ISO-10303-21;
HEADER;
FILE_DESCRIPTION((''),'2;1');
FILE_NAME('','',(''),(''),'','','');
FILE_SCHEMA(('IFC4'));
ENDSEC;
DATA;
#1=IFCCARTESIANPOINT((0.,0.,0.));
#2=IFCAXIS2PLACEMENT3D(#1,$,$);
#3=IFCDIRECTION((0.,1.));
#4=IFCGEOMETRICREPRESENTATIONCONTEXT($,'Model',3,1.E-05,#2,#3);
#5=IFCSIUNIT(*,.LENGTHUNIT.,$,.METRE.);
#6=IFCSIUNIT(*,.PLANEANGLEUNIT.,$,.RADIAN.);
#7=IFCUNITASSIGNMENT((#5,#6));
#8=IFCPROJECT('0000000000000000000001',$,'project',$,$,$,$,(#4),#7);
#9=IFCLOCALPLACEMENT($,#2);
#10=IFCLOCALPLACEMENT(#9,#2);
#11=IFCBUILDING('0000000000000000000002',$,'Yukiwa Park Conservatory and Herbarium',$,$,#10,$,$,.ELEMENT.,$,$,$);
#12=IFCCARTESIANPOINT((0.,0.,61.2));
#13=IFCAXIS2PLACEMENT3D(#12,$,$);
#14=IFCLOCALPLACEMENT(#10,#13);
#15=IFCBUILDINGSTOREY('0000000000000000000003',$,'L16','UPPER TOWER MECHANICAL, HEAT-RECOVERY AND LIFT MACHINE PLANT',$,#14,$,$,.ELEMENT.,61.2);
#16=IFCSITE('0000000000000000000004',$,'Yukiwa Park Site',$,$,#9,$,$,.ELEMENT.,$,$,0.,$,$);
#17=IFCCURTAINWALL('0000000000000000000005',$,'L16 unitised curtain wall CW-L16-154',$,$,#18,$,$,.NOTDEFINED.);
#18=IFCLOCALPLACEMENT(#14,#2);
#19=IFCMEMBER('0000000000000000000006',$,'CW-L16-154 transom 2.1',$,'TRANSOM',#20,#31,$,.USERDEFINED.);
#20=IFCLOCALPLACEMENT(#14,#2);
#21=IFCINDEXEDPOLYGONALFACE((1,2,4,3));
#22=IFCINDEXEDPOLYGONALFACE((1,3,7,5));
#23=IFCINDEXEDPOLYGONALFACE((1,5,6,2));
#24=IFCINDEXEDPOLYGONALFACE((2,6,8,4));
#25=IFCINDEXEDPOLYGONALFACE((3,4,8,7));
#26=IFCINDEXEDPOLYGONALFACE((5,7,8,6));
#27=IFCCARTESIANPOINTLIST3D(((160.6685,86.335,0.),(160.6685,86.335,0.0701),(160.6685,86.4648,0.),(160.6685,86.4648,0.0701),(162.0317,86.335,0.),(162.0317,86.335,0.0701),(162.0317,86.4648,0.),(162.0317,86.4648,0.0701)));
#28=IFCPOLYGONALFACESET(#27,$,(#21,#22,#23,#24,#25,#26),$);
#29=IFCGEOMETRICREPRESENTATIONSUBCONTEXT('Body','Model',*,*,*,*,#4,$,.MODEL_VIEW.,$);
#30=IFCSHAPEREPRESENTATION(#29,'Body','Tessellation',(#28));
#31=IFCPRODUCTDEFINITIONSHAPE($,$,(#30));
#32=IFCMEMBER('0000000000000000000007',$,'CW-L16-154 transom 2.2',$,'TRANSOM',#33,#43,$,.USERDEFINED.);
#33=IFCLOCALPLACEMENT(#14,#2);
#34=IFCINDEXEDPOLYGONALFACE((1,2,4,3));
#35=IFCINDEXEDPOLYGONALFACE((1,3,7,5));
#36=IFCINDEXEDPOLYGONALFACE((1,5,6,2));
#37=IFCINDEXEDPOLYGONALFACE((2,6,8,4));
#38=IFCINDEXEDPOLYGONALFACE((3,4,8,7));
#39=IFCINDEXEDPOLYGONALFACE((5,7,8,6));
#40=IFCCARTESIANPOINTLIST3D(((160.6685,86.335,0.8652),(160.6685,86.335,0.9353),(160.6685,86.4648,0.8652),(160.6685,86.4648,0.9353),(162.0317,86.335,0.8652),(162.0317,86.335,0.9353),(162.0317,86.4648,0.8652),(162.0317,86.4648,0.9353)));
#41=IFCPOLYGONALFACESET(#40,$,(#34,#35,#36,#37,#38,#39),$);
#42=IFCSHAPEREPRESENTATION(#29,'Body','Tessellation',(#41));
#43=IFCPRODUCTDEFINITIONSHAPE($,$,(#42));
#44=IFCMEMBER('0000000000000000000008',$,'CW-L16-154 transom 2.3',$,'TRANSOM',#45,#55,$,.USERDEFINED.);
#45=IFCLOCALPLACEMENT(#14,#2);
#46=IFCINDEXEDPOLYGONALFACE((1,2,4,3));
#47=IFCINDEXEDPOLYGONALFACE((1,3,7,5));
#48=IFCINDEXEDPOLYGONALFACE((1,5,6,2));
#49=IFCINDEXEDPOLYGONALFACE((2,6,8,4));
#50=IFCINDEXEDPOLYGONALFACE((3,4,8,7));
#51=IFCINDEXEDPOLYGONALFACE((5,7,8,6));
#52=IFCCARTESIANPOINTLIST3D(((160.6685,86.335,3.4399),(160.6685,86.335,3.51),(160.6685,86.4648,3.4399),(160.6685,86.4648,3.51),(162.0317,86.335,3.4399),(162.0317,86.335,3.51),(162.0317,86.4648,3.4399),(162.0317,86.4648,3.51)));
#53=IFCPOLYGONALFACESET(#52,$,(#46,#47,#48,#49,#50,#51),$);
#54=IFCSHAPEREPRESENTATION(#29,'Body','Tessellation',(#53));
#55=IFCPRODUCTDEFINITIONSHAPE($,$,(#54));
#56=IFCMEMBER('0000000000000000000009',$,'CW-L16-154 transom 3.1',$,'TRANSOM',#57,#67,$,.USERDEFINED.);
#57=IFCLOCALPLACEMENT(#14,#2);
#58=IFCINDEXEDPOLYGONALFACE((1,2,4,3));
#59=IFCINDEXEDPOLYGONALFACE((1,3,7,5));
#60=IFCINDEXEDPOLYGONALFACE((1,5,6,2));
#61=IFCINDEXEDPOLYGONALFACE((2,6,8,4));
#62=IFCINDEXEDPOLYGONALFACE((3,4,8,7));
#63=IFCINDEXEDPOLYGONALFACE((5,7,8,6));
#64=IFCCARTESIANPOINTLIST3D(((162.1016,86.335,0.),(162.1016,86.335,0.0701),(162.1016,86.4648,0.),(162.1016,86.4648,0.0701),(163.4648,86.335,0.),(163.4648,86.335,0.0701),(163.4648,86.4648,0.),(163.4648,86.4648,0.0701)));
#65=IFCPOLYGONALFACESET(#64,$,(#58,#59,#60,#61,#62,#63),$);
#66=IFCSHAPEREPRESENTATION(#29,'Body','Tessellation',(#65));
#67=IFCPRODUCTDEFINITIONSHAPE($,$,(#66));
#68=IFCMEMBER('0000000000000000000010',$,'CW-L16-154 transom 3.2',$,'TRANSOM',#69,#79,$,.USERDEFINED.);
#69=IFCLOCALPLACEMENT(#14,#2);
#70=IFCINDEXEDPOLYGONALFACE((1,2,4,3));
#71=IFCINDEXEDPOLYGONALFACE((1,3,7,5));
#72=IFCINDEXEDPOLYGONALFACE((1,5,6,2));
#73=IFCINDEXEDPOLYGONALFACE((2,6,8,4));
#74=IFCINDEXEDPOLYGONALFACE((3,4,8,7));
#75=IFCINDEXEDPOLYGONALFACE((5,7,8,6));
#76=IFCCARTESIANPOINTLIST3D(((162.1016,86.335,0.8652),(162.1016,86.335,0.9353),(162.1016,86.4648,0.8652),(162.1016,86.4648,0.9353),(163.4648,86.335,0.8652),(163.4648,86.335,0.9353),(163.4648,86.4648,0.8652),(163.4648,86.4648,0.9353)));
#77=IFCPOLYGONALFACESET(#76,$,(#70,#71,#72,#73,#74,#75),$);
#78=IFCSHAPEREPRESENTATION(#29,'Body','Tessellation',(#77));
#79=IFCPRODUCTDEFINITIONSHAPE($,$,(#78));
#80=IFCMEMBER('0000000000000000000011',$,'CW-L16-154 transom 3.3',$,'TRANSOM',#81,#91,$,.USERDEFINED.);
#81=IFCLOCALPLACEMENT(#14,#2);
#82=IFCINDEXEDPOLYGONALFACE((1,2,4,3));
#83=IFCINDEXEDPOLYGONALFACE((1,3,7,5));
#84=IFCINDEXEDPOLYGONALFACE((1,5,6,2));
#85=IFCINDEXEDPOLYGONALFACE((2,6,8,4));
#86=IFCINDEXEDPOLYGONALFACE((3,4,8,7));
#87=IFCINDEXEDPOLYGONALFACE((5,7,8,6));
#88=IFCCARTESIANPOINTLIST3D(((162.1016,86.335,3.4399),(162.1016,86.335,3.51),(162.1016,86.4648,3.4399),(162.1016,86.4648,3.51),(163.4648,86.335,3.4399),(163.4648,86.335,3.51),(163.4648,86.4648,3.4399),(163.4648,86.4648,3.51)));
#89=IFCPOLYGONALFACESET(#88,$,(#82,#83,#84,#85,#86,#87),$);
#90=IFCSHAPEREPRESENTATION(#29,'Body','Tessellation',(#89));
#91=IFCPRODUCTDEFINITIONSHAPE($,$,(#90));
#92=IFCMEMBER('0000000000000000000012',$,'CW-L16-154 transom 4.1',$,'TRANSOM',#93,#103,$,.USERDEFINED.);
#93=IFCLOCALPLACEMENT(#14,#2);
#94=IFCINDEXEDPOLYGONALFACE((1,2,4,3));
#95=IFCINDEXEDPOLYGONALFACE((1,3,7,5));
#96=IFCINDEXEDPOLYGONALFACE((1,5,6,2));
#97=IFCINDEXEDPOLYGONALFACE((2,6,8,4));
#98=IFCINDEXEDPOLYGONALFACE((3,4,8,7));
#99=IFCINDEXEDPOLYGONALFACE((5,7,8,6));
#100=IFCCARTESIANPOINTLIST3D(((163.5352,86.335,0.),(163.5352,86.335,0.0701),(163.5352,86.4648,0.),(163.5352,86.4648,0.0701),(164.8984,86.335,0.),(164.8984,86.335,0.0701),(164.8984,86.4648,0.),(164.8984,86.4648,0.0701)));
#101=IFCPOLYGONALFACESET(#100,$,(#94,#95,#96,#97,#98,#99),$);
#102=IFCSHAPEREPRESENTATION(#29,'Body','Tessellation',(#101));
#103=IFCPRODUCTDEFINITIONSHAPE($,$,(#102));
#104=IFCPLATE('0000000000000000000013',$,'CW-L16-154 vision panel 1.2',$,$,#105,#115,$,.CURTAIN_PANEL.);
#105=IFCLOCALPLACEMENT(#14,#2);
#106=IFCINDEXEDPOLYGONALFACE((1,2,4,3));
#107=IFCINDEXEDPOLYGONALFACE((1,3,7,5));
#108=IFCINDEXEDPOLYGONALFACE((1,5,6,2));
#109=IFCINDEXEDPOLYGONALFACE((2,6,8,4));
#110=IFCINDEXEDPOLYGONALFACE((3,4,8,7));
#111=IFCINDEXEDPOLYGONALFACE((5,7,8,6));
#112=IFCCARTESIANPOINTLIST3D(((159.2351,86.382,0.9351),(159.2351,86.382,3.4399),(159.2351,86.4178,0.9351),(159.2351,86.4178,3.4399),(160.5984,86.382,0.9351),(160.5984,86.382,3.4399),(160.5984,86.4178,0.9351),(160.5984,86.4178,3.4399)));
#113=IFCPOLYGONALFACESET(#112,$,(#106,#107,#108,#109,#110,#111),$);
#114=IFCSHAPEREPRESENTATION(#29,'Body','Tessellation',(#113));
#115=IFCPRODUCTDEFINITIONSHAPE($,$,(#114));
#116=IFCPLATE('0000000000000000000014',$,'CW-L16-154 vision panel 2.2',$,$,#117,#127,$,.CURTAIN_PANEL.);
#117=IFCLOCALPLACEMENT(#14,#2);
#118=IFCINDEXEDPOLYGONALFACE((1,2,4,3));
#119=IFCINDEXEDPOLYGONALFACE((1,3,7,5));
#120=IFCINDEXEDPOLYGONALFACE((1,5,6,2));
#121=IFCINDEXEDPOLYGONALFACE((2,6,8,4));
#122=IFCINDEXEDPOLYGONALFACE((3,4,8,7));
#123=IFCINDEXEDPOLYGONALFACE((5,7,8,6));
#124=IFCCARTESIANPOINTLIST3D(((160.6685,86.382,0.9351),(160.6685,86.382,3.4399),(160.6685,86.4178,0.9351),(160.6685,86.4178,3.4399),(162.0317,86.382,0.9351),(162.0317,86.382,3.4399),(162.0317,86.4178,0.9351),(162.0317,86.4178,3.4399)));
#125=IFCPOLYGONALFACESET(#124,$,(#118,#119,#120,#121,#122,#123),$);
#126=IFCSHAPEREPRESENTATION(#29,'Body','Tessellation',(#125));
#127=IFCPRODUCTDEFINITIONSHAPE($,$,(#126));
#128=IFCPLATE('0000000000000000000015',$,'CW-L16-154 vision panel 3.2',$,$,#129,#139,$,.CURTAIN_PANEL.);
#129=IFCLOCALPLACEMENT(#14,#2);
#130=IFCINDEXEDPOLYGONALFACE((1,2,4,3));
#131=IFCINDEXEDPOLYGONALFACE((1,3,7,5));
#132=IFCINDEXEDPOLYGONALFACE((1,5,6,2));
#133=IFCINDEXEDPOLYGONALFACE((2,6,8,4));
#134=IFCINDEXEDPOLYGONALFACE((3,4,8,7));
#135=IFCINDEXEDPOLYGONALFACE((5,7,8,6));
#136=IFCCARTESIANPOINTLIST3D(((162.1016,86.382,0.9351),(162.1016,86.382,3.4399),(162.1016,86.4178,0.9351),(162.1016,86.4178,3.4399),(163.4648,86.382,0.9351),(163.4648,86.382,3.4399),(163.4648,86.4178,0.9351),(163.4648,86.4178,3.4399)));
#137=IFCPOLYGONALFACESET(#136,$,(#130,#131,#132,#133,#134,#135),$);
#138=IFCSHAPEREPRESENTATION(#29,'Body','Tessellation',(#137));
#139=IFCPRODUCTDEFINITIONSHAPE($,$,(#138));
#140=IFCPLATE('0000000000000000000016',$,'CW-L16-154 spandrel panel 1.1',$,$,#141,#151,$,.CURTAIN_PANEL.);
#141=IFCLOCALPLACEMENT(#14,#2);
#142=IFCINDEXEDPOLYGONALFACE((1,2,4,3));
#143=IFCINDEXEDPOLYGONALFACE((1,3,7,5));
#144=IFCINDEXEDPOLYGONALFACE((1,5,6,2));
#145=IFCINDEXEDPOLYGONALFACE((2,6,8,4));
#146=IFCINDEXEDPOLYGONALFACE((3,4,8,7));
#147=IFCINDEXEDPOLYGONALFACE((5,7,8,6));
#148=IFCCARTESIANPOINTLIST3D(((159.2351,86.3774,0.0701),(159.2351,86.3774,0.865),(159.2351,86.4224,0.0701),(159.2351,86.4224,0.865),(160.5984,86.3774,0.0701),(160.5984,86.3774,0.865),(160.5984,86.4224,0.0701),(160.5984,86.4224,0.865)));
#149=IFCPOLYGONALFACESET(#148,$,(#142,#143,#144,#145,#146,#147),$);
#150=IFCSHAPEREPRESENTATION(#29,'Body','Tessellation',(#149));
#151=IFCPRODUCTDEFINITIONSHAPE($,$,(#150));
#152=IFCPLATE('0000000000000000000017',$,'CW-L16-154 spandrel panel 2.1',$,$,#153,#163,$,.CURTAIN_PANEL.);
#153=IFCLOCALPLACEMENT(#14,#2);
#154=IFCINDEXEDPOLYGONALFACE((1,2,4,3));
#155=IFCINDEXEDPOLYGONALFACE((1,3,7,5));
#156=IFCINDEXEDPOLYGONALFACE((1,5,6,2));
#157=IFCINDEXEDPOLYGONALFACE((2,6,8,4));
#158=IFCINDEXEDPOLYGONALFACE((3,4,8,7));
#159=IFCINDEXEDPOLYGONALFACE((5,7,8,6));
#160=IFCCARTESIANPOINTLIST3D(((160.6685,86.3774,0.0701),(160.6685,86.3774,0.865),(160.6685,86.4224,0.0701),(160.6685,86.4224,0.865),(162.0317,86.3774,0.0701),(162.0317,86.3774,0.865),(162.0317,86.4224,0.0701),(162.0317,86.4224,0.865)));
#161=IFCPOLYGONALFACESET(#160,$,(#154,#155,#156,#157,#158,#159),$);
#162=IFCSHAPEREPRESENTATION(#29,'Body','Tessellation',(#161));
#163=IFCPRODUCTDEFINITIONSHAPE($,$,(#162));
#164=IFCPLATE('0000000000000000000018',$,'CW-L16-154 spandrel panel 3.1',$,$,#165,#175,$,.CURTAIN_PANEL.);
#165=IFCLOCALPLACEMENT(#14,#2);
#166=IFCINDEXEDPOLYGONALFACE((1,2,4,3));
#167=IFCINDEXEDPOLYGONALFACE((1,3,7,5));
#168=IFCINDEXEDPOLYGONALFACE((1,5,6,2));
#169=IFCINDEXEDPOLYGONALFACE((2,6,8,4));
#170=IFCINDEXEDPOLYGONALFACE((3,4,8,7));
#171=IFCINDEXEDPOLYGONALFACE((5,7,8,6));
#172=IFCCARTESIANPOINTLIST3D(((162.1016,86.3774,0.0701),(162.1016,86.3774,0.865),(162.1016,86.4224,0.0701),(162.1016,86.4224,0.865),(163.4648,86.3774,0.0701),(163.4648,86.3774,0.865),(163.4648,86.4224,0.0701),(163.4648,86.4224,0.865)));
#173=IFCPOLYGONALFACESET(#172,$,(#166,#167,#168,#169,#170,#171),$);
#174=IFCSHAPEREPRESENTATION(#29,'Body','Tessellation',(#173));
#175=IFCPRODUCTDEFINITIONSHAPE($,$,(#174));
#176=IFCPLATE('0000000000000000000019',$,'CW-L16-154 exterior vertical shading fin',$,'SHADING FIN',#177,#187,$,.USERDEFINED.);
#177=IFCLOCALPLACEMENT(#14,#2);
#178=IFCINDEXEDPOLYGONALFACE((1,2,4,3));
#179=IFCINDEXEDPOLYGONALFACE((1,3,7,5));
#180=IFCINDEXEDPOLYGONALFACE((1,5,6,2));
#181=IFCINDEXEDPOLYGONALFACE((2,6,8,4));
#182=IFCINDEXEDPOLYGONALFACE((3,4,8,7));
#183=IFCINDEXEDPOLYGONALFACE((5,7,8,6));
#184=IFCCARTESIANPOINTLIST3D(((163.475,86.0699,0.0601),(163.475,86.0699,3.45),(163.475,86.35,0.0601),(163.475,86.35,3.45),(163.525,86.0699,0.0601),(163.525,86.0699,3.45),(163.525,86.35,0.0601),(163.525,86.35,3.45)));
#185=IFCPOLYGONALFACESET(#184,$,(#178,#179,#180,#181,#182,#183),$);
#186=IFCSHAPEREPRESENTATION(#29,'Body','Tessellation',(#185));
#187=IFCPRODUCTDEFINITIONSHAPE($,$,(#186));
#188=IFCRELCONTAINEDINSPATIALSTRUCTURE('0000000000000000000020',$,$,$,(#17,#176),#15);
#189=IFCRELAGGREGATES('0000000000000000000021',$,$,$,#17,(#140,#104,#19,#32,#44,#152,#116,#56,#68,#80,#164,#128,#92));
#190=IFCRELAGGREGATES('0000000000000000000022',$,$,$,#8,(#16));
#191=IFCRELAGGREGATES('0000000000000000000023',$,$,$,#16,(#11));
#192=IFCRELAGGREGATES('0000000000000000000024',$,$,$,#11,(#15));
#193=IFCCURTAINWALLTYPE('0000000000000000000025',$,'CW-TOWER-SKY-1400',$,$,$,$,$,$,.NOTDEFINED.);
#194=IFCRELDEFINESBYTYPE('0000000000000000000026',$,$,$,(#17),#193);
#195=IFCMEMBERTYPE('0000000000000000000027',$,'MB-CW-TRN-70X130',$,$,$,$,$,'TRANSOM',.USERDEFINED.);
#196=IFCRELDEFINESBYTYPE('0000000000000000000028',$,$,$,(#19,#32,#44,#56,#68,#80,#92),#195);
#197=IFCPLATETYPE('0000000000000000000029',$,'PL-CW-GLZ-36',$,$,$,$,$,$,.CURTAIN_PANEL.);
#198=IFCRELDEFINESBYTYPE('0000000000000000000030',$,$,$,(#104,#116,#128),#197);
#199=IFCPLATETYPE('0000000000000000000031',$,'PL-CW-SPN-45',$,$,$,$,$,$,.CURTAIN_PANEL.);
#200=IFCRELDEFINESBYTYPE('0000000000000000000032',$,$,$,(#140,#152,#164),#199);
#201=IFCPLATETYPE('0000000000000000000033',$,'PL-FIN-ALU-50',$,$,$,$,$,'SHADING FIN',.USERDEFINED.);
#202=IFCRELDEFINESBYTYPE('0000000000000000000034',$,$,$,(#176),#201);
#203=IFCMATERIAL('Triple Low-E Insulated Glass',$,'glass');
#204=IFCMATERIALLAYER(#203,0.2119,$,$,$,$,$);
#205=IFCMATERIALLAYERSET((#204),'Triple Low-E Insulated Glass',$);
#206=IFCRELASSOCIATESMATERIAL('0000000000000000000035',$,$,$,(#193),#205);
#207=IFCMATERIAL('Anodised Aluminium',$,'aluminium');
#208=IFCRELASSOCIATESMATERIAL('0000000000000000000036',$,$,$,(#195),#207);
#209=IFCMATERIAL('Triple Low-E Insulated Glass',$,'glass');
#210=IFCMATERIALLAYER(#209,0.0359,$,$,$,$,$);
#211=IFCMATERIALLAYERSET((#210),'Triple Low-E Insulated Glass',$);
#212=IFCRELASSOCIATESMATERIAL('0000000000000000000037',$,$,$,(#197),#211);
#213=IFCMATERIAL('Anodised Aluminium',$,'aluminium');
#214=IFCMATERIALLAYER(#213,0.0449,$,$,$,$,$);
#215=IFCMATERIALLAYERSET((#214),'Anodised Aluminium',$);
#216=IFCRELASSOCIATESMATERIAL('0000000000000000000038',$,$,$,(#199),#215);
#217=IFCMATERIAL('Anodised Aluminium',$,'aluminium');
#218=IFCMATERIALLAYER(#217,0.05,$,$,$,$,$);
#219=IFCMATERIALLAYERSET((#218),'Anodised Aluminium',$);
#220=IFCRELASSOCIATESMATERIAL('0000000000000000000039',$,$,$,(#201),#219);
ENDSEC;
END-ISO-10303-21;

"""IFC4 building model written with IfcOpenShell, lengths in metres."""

from ifc_helpers import new_model, si_unit, direction, frame, origin, origin_2d, place, context, subcontext, project, spatial, rectangle, extrude, material, layer, layer_set, type_object, element, aggregate, save


model = new_model("IFC4")

# Units and contexts
model_context = context("Model", 3, precision=1e-05, world=origin(), true_north=direction((0.0, 1.0)))
body_context = subcontext(model_context, "Body", "Model", "MODEL_VIEW")
ifc_project = project(units=[si_unit("LENGTHUNIT", "METRE"), si_unit("PLANEANGLEUNIT", "RADIAN")], contexts=[model_context])

# Site, building, storey
site_placement = place(None, origin())
site = spatial("IfcSite", under=ifc_project, at=site_placement, Name="Yukiwa Park Site", CompositionType="ELEMENT", RefElevation=0.0)
building_placement = place(site_placement, origin())
building = spatial("IfcBuilding", under=site, at=building_placement, Name="Yukiwa Park Conservatory and Herbarium", CompositionType="ELEMENT")
storey_placement = place(building_placement, frame((0.0, 0.0, 61.2)))
storey = spatial("IfcBuildingStorey", under=building, at=storey_placement, Name="L16", Description="UPPER TOWER MECHANICAL, HEAT-RECOVERY AND LIFT MACHINE PLANT", CompositionType="ELEMENT", Elevation=61.2)

# Curtain wall, members, plates
ifc_material_1 = material(Name="Triple Low-E Insulated Glass", Category="glass")
ifc_layer_1 = layer(ifc_material_1, 0.2119)
ifc_layer_set_1 = layer_set([ifc_layer_1], Name="Triple Low-E Insulated Glass")
curtain_wall_type = type_object("IfcCurtainWallType", Name="CW-TOWER-SKY-1400", PredefinedType="NOTDEFINED", material=ifc_layer_set_1)
curtain_wall_placement = place(storey_placement, origin())
curtain_wall = element("IfcCurtainWall", 1, at=curtain_wall_placement, inside=storey, type_object=curtain_wall_type, Name="L16 unitised curtain wall CW-L16-154", PredefinedType="NOTDEFINED")
ifc_material_2 = material(Name="Anodised Aluminium", Category="aluminium")
member_type_1 = type_object("IfcMemberType", Name="MB-CW-TRN-70X130", ElementType="TRANSOM", PredefinedType="USERDEFINED", material=ifc_material_2)
member_1_placement = place(storey_placement, frame((161.3501, 86.3999, 0.0), z_axis=(0.0, 0.0, 1.0), x_axis=(1.0, 0.0, 0.0)))
member_1 = element("IfcMember", 2, at=member_1_placement, type_object=member_type_1, Name="CW-L16-154 transom 2.1", ObjectType="TRANSOM", PredefinedType="USERDEFINED", context=body_context, shape_type="SweptSolid", body=[
    extrude(rectangle(XDim=1.3633, YDim=0.1299, at=origin_2d()), origin(), (0.0, 0.0, 1.0), 0.0701),
])
member_2_placement = place(storey_placement, frame((161.3501, 86.3999, 0.8652), z_axis=(0.0, 0.0, 1.0), x_axis=(1.0, 0.0, 0.0)))
member_2 = element("IfcMember", 3, at=member_2_placement, type_object=member_type_1, Name="CW-L16-154 transom 2.2", ObjectType="TRANSOM", PredefinedType="USERDEFINED", context=body_context, shape_type="SweptSolid", body=[
    extrude(rectangle(XDim=1.3633, YDim=0.1299, at=origin_2d()), origin(), (0.0, 0.0, 1.0), 0.0701),
])
member_3_placement = place(storey_placement, frame((161.3501, 86.3999, 3.4399), z_axis=(0.0, 0.0, 1.0), x_axis=(1.0, 0.0, 0.0)))
member_3 = element("IfcMember", 4, at=member_3_placement, type_object=member_type_1, Name="CW-L16-154 transom 2.3", ObjectType="TRANSOM", PredefinedType="USERDEFINED", context=body_context, shape_type="SweptSolid", body=[
    extrude(rectangle(XDim=1.3633, YDim=0.1299, at=origin_2d()), origin(), (0.0, 0.0, 1.0), 0.0701),
])
member_4_placement = place(storey_placement, frame((162.7832, 86.3999, 0.0), z_axis=(0.0, 0.0, 1.0), x_axis=(1.0, 0.0, 0.0)))
member_4 = element("IfcMember", 5, at=member_4_placement, type_object=member_type_1, Name="CW-L16-154 transom 3.1", ObjectType="TRANSOM", PredefinedType="USERDEFINED", context=body_context, shape_type="SweptSolid", body=[
    extrude(rectangle(XDim=1.3633, YDim=0.1299, at=origin_2d()), origin(), (0.0, 0.0, 1.0), 0.0701),
])
member_5_placement = place(storey_placement, frame((162.7832, 86.3999, 0.8652), z_axis=(0.0, 0.0, 1.0), x_axis=(1.0, 0.0, 0.0)))
member_5 = element("IfcMember", 6, at=member_5_placement, type_object=member_type_1, Name="CW-L16-154 transom 3.2", ObjectType="TRANSOM", PredefinedType="USERDEFINED", context=body_context, shape_type="SweptSolid", body=[
    extrude(rectangle(XDim=1.3633, YDim=0.1299, at=origin_2d()), origin(), (0.0, 0.0, 1.0), 0.0701),
])
member_6_placement = place(storey_placement, frame((162.7832, 86.3999, 3.4399), z_axis=(0.0, 0.0, 1.0), x_axis=(1.0, 0.0, 0.0)))
member_6 = element("IfcMember", 7, at=member_6_placement, type_object=member_type_1, Name="CW-L16-154 transom 3.3", ObjectType="TRANSOM", PredefinedType="USERDEFINED", context=body_context, shape_type="SweptSolid", body=[
    extrude(rectangle(XDim=1.3633, YDim=0.1299, at=origin_2d()), origin(), (0.0, 0.0, 1.0), 0.0701),
])
member_7_placement = place(storey_placement, frame((164.2168, 86.3999, 0.0), z_axis=(0.0, 0.0, 1.0), x_axis=(1.0, 0.0, 0.0)))
member_7 = element("IfcMember", 8, at=member_7_placement, type_object=member_type_1, Name="CW-L16-154 transom 4.1", ObjectType="TRANSOM", PredefinedType="USERDEFINED", context=body_context, shape_type="SweptSolid", body=[
    extrude(rectangle(XDim=1.3633, YDim=0.1299, at=origin_2d()), origin(), (0.0, 0.0, 1.0), 0.0701),
])
ifc_material_3 = material(Name="Triple Low-E Insulated Glass", Category="glass")
ifc_layer_2 = layer(ifc_material_3, 0.0359)
ifc_layer_set_2 = layer_set([ifc_layer_2], Name="Triple Low-E Insulated Glass")
plate_type_1 = type_object("IfcPlateType", Name="PL-CW-GLZ-36", PredefinedType="CURTAIN_PANEL", material=ifc_layer_set_2)
plate_1_placement = place(storey_placement, frame((159.9167, 86.3999, 0.9351), z_axis=(0.0, 0.0, 1.0), x_axis=(1.0, 0.0, 0.0)))
plate_1 = element("IfcPlate", 9, at=plate_1_placement, type_object=plate_type_1, Name="CW-L16-154 vision panel 1.2", PredefinedType="CURTAIN_PANEL", context=body_context, shape_type="SweptSolid", body=[
    extrude(rectangle(XDim=1.3633, YDim=0.0359, at=origin_2d()), origin(), (0.0, 0.0, 1.0), 2.5049),
])
plate_2_placement = place(storey_placement, frame((161.3501, 86.3999, 0.9351), z_axis=(0.0, 0.0, 1.0), x_axis=(1.0, 0.0, 0.0)))
plate_2 = element("IfcPlate", 10, at=plate_2_placement, type_object=plate_type_1, Name="CW-L16-154 vision panel 2.2", PredefinedType="CURTAIN_PANEL", context=body_context, shape_type="SweptSolid", body=[
    extrude(rectangle(XDim=1.3633, YDim=0.0359, at=origin_2d()), origin(), (0.0, 0.0, 1.0), 2.5049),
])
plate_3_placement = place(storey_placement, frame((162.7832, 86.3999, 0.9351), z_axis=(0.0, 0.0, 1.0), x_axis=(1.0, 0.0, 0.0)))
plate_3 = element("IfcPlate", 11, at=plate_3_placement, type_object=plate_type_1, Name="CW-L16-154 vision panel 3.2", PredefinedType="CURTAIN_PANEL", context=body_context, shape_type="SweptSolid", body=[
    extrude(rectangle(XDim=1.3633, YDim=0.0359, at=origin_2d()), origin(), (0.0, 0.0, 1.0), 2.5049),
])
ifc_material_4 = material(Name="Anodised Aluminium", Category="aluminium")
ifc_layer_3 = layer(ifc_material_4, 0.0449)
ifc_layer_set_3 = layer_set([ifc_layer_3], Name="Anodised Aluminium")
plate_type_2 = type_object("IfcPlateType", Name="PL-CW-SPN-45", PredefinedType="CURTAIN_PANEL", material=ifc_layer_set_3)
plate_4_placement = place(storey_placement, frame((159.9167, 86.3999, 0.0701), z_axis=(0.0, 0.0, 1.0), x_axis=(1.0, 0.0, 0.0)))
plate_4 = element("IfcPlate", 12, at=plate_4_placement, type_object=plate_type_2, Name="CW-L16-154 spandrel panel 1.1", PredefinedType="CURTAIN_PANEL", context=body_context, shape_type="SweptSolid", body=[
    extrude(rectangle(XDim=1.3633, YDim=0.0449, at=origin_2d()), origin(), (0.0, 0.0, 1.0), 0.7949),
])
plate_5_placement = place(storey_placement, frame((161.3501, 86.3999, 0.0701), z_axis=(0.0, 0.0, 1.0), x_axis=(1.0, 0.0, 0.0)))
plate_5 = element("IfcPlate", 13, at=plate_5_placement, type_object=plate_type_2, Name="CW-L16-154 spandrel panel 2.1", PredefinedType="CURTAIN_PANEL", context=body_context, shape_type="SweptSolid", body=[
    extrude(rectangle(XDim=1.3633, YDim=0.0449, at=origin_2d()), origin(), (0.0, 0.0, 1.0), 0.7949),
])
plate_6_placement = place(storey_placement, frame((162.7832, 86.3999, 0.0701), z_axis=(0.0, 0.0, 1.0), x_axis=(1.0, 0.0, 0.0)))
plate_6 = element("IfcPlate", 14, at=plate_6_placement, type_object=plate_type_2, Name="CW-L16-154 spandrel panel 3.1", PredefinedType="CURTAIN_PANEL", context=body_context, shape_type="SweptSolid", body=[
    extrude(rectangle(XDim=1.3633, YDim=0.0449, at=origin_2d()), origin(), (0.0, 0.0, 1.0), 0.7949),
])
aggregate(curtain_wall, [plate_4, plate_1, member_1, member_2, member_3, plate_5, plate_2, member_4, member_5, member_6, plate_6, plate_3, member_7])

# Plate
ifc_material_5 = material(Name="Anodised Aluminium", Category="aluminium")
ifc_layer_4 = layer(ifc_material_5, 0.05)
ifc_layer_set_4 = layer_set([ifc_layer_4], Name="Anodised Aluminium")
plate_type_3 = type_object("IfcPlateType", Name="PL-FIN-ALU-50", ElementType="SHADING FIN", PredefinedType="USERDEFINED", material=ifc_layer_set_4)
plate_7_placement = place(storey_placement, frame((163.5, 86.21, 0.0601), z_axis=(0.0, 0.0, 1.0), x_axis=(1.0, 0.0, 0.0)))
element("IfcPlate", 15, at=plate_7_placement, inside=storey, type_object=plate_type_3, Name="CW-L16-154 exterior vertical shading fin", ObjectType="SHADING FIN", PredefinedType="USERDEFINED", context=body_context, shape_type="SweptSolid", body=[
    extrude(rectangle(XDim=0.05, YDim=0.28, at=origin_2d()), origin(), (0.0, 0.0, 1.0), 3.3899),
])

save(model, "model.ifc")
